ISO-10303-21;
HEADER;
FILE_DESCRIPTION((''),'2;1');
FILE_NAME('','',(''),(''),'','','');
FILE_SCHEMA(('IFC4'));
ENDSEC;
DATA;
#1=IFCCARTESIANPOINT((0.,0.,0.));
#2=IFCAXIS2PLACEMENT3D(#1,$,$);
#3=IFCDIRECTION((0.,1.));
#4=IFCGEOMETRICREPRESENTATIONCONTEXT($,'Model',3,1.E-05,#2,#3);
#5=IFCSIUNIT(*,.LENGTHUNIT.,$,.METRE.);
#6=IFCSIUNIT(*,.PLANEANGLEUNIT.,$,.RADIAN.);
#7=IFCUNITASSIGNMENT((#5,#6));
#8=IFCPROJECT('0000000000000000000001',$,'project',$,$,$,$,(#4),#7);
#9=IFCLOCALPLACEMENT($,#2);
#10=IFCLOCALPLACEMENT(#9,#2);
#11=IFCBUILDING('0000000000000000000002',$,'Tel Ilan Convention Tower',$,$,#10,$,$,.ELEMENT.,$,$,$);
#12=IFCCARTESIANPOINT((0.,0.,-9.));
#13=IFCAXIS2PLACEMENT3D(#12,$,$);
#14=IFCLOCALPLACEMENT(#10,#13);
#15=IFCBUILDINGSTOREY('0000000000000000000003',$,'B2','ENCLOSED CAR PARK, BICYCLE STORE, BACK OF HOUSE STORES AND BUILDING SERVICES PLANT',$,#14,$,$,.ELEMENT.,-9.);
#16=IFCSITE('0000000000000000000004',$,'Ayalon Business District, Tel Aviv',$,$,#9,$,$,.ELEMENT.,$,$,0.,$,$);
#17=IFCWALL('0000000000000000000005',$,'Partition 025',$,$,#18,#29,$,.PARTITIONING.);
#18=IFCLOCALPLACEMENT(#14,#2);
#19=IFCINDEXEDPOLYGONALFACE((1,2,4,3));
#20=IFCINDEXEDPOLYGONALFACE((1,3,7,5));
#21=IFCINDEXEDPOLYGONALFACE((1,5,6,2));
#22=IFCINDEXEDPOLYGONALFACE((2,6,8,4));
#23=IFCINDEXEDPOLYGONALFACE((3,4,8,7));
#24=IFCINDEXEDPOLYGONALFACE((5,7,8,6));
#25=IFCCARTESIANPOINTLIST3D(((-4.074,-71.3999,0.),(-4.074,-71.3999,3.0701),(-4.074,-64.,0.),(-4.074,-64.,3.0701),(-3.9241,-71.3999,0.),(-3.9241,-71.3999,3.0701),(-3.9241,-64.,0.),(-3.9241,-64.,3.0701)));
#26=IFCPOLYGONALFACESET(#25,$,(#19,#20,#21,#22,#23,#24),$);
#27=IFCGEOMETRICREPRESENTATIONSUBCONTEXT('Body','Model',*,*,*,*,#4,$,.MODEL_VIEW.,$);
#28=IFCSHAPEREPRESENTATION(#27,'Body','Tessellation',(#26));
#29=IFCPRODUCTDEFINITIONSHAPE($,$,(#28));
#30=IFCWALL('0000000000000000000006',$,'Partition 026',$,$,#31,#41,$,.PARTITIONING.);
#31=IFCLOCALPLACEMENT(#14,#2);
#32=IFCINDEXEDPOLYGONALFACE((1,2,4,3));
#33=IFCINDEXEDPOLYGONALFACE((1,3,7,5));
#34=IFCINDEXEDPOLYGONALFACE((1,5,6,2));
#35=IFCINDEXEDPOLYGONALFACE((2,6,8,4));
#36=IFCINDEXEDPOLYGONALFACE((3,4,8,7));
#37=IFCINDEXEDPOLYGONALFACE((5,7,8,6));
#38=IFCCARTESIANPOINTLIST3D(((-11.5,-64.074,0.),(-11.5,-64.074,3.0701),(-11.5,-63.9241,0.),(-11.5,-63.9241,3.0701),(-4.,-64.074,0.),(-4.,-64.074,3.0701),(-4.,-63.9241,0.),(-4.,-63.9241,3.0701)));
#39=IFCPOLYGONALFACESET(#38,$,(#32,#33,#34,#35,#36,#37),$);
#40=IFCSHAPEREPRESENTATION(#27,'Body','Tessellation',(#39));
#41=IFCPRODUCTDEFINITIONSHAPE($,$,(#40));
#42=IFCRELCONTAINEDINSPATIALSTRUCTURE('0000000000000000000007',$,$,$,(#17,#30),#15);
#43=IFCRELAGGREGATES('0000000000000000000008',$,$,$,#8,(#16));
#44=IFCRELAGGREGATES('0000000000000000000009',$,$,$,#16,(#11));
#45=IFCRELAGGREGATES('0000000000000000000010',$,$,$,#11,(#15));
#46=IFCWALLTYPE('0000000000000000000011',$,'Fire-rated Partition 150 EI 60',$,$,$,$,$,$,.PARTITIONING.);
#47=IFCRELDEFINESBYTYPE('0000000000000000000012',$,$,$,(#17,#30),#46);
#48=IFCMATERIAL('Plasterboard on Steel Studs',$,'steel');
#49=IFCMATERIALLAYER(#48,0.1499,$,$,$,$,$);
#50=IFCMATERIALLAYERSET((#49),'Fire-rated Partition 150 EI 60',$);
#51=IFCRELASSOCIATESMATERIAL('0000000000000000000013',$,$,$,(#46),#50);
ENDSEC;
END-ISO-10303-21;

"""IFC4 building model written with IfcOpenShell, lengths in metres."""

from ifc_helpers import new_model, si_unit, direction, frame, frame_2d, origin, place, context, subcontext, project, spatial, rectangle, extrude, material, layer, layer_set, type_object, element, save


model = new_model("IFC4")

# Units and contexts
model_context = context("Model", 3, precision=1e-05, world=origin(), true_north=direction((0.0, 1.0)))
body_context = subcontext(model_context, "Body", "Model", "MODEL_VIEW")
ifc_project = project(units=[si_unit("LENGTHUNIT", "METRE"), si_unit("PLANEANGLEUNIT", "RADIAN")], contexts=[model_context])

# Site, building, storey
site_placement = place(None, origin())
site = spatial("IfcSite", under=ifc_project, at=site_placement, Name="Ayalon Business District, Tel Aviv", CompositionType="ELEMENT", RefElevation=0.0)
building_placement = place(site_placement, origin())
building = spatial("IfcBuilding", under=site, at=building_placement, Name="Tel Ilan Convention Tower", CompositionType="ELEMENT")
storey_placement = place(building_placement, frame((0.0, 0.0, -9.0)))
storey = spatial("IfcBuildingStorey", under=building, at=storey_placement, Name="B2", Description="ENCLOSED CAR PARK, BICYCLE STORE, BACK OF HOUSE STORES AND BUILDING SERVICES PLANT", CompositionType="ELEMENT", Elevation=-9.0)

# Shared definitions
ifc_material_1 = material(Name="Plasterboard on Steel Studs", Category="steel")
ifc_layer = layer(ifc_material_1, 0.1499)
ifc_layer_set = layer_set([ifc_layer], Name="Fire-rated Partition 150 EI 60")
wall_type = type_object("IfcWallType", Name="Fire-rated Partition 150 EI 60", PredefinedType="PARTITIONING", material=ifc_layer_set)

# Walls
wall_1_placement = place(storey_placement, frame((-3.999, -71.3999, 0.0), z_axis=(0.0, 0.0, 1.0), x_axis=(0.0, 1.0, 0.0)))
element("IfcWall", 1, at=wall_1_placement, inside=storey, type_object=wall_type, Name="Partition 025", PredefinedType="PARTITIONING", context=body_context, shape_type="SweptSolid", body=[
    extrude(rectangle(XDim=7.3999, YDim=0.1499, at=frame_2d((3.7, 0.0))), origin(), (0.0, 0.0, 1.0), 3.0701),
])
wall_2_placement = place(storey_placement, frame((-4.0, -63.999, 0.0), z_axis=(0.0, 0.0, 1.0), x_axis=(-1.0, 0.0, 0.0)))
element("IfcWall", 2, at=wall_2_placement, inside=storey, type_object=wall_type, Name="Partition 026", PredefinedType="PARTITIONING", context=body_context, shape_type="SweptSolid", body=[
    extrude(rectangle(XDim=7.5, YDim=0.1499, at=frame_2d((3.75, 0.0))), origin(), (0.0, 0.0, 1.0), 3.0701),
])

save(model, "model.ifc")
